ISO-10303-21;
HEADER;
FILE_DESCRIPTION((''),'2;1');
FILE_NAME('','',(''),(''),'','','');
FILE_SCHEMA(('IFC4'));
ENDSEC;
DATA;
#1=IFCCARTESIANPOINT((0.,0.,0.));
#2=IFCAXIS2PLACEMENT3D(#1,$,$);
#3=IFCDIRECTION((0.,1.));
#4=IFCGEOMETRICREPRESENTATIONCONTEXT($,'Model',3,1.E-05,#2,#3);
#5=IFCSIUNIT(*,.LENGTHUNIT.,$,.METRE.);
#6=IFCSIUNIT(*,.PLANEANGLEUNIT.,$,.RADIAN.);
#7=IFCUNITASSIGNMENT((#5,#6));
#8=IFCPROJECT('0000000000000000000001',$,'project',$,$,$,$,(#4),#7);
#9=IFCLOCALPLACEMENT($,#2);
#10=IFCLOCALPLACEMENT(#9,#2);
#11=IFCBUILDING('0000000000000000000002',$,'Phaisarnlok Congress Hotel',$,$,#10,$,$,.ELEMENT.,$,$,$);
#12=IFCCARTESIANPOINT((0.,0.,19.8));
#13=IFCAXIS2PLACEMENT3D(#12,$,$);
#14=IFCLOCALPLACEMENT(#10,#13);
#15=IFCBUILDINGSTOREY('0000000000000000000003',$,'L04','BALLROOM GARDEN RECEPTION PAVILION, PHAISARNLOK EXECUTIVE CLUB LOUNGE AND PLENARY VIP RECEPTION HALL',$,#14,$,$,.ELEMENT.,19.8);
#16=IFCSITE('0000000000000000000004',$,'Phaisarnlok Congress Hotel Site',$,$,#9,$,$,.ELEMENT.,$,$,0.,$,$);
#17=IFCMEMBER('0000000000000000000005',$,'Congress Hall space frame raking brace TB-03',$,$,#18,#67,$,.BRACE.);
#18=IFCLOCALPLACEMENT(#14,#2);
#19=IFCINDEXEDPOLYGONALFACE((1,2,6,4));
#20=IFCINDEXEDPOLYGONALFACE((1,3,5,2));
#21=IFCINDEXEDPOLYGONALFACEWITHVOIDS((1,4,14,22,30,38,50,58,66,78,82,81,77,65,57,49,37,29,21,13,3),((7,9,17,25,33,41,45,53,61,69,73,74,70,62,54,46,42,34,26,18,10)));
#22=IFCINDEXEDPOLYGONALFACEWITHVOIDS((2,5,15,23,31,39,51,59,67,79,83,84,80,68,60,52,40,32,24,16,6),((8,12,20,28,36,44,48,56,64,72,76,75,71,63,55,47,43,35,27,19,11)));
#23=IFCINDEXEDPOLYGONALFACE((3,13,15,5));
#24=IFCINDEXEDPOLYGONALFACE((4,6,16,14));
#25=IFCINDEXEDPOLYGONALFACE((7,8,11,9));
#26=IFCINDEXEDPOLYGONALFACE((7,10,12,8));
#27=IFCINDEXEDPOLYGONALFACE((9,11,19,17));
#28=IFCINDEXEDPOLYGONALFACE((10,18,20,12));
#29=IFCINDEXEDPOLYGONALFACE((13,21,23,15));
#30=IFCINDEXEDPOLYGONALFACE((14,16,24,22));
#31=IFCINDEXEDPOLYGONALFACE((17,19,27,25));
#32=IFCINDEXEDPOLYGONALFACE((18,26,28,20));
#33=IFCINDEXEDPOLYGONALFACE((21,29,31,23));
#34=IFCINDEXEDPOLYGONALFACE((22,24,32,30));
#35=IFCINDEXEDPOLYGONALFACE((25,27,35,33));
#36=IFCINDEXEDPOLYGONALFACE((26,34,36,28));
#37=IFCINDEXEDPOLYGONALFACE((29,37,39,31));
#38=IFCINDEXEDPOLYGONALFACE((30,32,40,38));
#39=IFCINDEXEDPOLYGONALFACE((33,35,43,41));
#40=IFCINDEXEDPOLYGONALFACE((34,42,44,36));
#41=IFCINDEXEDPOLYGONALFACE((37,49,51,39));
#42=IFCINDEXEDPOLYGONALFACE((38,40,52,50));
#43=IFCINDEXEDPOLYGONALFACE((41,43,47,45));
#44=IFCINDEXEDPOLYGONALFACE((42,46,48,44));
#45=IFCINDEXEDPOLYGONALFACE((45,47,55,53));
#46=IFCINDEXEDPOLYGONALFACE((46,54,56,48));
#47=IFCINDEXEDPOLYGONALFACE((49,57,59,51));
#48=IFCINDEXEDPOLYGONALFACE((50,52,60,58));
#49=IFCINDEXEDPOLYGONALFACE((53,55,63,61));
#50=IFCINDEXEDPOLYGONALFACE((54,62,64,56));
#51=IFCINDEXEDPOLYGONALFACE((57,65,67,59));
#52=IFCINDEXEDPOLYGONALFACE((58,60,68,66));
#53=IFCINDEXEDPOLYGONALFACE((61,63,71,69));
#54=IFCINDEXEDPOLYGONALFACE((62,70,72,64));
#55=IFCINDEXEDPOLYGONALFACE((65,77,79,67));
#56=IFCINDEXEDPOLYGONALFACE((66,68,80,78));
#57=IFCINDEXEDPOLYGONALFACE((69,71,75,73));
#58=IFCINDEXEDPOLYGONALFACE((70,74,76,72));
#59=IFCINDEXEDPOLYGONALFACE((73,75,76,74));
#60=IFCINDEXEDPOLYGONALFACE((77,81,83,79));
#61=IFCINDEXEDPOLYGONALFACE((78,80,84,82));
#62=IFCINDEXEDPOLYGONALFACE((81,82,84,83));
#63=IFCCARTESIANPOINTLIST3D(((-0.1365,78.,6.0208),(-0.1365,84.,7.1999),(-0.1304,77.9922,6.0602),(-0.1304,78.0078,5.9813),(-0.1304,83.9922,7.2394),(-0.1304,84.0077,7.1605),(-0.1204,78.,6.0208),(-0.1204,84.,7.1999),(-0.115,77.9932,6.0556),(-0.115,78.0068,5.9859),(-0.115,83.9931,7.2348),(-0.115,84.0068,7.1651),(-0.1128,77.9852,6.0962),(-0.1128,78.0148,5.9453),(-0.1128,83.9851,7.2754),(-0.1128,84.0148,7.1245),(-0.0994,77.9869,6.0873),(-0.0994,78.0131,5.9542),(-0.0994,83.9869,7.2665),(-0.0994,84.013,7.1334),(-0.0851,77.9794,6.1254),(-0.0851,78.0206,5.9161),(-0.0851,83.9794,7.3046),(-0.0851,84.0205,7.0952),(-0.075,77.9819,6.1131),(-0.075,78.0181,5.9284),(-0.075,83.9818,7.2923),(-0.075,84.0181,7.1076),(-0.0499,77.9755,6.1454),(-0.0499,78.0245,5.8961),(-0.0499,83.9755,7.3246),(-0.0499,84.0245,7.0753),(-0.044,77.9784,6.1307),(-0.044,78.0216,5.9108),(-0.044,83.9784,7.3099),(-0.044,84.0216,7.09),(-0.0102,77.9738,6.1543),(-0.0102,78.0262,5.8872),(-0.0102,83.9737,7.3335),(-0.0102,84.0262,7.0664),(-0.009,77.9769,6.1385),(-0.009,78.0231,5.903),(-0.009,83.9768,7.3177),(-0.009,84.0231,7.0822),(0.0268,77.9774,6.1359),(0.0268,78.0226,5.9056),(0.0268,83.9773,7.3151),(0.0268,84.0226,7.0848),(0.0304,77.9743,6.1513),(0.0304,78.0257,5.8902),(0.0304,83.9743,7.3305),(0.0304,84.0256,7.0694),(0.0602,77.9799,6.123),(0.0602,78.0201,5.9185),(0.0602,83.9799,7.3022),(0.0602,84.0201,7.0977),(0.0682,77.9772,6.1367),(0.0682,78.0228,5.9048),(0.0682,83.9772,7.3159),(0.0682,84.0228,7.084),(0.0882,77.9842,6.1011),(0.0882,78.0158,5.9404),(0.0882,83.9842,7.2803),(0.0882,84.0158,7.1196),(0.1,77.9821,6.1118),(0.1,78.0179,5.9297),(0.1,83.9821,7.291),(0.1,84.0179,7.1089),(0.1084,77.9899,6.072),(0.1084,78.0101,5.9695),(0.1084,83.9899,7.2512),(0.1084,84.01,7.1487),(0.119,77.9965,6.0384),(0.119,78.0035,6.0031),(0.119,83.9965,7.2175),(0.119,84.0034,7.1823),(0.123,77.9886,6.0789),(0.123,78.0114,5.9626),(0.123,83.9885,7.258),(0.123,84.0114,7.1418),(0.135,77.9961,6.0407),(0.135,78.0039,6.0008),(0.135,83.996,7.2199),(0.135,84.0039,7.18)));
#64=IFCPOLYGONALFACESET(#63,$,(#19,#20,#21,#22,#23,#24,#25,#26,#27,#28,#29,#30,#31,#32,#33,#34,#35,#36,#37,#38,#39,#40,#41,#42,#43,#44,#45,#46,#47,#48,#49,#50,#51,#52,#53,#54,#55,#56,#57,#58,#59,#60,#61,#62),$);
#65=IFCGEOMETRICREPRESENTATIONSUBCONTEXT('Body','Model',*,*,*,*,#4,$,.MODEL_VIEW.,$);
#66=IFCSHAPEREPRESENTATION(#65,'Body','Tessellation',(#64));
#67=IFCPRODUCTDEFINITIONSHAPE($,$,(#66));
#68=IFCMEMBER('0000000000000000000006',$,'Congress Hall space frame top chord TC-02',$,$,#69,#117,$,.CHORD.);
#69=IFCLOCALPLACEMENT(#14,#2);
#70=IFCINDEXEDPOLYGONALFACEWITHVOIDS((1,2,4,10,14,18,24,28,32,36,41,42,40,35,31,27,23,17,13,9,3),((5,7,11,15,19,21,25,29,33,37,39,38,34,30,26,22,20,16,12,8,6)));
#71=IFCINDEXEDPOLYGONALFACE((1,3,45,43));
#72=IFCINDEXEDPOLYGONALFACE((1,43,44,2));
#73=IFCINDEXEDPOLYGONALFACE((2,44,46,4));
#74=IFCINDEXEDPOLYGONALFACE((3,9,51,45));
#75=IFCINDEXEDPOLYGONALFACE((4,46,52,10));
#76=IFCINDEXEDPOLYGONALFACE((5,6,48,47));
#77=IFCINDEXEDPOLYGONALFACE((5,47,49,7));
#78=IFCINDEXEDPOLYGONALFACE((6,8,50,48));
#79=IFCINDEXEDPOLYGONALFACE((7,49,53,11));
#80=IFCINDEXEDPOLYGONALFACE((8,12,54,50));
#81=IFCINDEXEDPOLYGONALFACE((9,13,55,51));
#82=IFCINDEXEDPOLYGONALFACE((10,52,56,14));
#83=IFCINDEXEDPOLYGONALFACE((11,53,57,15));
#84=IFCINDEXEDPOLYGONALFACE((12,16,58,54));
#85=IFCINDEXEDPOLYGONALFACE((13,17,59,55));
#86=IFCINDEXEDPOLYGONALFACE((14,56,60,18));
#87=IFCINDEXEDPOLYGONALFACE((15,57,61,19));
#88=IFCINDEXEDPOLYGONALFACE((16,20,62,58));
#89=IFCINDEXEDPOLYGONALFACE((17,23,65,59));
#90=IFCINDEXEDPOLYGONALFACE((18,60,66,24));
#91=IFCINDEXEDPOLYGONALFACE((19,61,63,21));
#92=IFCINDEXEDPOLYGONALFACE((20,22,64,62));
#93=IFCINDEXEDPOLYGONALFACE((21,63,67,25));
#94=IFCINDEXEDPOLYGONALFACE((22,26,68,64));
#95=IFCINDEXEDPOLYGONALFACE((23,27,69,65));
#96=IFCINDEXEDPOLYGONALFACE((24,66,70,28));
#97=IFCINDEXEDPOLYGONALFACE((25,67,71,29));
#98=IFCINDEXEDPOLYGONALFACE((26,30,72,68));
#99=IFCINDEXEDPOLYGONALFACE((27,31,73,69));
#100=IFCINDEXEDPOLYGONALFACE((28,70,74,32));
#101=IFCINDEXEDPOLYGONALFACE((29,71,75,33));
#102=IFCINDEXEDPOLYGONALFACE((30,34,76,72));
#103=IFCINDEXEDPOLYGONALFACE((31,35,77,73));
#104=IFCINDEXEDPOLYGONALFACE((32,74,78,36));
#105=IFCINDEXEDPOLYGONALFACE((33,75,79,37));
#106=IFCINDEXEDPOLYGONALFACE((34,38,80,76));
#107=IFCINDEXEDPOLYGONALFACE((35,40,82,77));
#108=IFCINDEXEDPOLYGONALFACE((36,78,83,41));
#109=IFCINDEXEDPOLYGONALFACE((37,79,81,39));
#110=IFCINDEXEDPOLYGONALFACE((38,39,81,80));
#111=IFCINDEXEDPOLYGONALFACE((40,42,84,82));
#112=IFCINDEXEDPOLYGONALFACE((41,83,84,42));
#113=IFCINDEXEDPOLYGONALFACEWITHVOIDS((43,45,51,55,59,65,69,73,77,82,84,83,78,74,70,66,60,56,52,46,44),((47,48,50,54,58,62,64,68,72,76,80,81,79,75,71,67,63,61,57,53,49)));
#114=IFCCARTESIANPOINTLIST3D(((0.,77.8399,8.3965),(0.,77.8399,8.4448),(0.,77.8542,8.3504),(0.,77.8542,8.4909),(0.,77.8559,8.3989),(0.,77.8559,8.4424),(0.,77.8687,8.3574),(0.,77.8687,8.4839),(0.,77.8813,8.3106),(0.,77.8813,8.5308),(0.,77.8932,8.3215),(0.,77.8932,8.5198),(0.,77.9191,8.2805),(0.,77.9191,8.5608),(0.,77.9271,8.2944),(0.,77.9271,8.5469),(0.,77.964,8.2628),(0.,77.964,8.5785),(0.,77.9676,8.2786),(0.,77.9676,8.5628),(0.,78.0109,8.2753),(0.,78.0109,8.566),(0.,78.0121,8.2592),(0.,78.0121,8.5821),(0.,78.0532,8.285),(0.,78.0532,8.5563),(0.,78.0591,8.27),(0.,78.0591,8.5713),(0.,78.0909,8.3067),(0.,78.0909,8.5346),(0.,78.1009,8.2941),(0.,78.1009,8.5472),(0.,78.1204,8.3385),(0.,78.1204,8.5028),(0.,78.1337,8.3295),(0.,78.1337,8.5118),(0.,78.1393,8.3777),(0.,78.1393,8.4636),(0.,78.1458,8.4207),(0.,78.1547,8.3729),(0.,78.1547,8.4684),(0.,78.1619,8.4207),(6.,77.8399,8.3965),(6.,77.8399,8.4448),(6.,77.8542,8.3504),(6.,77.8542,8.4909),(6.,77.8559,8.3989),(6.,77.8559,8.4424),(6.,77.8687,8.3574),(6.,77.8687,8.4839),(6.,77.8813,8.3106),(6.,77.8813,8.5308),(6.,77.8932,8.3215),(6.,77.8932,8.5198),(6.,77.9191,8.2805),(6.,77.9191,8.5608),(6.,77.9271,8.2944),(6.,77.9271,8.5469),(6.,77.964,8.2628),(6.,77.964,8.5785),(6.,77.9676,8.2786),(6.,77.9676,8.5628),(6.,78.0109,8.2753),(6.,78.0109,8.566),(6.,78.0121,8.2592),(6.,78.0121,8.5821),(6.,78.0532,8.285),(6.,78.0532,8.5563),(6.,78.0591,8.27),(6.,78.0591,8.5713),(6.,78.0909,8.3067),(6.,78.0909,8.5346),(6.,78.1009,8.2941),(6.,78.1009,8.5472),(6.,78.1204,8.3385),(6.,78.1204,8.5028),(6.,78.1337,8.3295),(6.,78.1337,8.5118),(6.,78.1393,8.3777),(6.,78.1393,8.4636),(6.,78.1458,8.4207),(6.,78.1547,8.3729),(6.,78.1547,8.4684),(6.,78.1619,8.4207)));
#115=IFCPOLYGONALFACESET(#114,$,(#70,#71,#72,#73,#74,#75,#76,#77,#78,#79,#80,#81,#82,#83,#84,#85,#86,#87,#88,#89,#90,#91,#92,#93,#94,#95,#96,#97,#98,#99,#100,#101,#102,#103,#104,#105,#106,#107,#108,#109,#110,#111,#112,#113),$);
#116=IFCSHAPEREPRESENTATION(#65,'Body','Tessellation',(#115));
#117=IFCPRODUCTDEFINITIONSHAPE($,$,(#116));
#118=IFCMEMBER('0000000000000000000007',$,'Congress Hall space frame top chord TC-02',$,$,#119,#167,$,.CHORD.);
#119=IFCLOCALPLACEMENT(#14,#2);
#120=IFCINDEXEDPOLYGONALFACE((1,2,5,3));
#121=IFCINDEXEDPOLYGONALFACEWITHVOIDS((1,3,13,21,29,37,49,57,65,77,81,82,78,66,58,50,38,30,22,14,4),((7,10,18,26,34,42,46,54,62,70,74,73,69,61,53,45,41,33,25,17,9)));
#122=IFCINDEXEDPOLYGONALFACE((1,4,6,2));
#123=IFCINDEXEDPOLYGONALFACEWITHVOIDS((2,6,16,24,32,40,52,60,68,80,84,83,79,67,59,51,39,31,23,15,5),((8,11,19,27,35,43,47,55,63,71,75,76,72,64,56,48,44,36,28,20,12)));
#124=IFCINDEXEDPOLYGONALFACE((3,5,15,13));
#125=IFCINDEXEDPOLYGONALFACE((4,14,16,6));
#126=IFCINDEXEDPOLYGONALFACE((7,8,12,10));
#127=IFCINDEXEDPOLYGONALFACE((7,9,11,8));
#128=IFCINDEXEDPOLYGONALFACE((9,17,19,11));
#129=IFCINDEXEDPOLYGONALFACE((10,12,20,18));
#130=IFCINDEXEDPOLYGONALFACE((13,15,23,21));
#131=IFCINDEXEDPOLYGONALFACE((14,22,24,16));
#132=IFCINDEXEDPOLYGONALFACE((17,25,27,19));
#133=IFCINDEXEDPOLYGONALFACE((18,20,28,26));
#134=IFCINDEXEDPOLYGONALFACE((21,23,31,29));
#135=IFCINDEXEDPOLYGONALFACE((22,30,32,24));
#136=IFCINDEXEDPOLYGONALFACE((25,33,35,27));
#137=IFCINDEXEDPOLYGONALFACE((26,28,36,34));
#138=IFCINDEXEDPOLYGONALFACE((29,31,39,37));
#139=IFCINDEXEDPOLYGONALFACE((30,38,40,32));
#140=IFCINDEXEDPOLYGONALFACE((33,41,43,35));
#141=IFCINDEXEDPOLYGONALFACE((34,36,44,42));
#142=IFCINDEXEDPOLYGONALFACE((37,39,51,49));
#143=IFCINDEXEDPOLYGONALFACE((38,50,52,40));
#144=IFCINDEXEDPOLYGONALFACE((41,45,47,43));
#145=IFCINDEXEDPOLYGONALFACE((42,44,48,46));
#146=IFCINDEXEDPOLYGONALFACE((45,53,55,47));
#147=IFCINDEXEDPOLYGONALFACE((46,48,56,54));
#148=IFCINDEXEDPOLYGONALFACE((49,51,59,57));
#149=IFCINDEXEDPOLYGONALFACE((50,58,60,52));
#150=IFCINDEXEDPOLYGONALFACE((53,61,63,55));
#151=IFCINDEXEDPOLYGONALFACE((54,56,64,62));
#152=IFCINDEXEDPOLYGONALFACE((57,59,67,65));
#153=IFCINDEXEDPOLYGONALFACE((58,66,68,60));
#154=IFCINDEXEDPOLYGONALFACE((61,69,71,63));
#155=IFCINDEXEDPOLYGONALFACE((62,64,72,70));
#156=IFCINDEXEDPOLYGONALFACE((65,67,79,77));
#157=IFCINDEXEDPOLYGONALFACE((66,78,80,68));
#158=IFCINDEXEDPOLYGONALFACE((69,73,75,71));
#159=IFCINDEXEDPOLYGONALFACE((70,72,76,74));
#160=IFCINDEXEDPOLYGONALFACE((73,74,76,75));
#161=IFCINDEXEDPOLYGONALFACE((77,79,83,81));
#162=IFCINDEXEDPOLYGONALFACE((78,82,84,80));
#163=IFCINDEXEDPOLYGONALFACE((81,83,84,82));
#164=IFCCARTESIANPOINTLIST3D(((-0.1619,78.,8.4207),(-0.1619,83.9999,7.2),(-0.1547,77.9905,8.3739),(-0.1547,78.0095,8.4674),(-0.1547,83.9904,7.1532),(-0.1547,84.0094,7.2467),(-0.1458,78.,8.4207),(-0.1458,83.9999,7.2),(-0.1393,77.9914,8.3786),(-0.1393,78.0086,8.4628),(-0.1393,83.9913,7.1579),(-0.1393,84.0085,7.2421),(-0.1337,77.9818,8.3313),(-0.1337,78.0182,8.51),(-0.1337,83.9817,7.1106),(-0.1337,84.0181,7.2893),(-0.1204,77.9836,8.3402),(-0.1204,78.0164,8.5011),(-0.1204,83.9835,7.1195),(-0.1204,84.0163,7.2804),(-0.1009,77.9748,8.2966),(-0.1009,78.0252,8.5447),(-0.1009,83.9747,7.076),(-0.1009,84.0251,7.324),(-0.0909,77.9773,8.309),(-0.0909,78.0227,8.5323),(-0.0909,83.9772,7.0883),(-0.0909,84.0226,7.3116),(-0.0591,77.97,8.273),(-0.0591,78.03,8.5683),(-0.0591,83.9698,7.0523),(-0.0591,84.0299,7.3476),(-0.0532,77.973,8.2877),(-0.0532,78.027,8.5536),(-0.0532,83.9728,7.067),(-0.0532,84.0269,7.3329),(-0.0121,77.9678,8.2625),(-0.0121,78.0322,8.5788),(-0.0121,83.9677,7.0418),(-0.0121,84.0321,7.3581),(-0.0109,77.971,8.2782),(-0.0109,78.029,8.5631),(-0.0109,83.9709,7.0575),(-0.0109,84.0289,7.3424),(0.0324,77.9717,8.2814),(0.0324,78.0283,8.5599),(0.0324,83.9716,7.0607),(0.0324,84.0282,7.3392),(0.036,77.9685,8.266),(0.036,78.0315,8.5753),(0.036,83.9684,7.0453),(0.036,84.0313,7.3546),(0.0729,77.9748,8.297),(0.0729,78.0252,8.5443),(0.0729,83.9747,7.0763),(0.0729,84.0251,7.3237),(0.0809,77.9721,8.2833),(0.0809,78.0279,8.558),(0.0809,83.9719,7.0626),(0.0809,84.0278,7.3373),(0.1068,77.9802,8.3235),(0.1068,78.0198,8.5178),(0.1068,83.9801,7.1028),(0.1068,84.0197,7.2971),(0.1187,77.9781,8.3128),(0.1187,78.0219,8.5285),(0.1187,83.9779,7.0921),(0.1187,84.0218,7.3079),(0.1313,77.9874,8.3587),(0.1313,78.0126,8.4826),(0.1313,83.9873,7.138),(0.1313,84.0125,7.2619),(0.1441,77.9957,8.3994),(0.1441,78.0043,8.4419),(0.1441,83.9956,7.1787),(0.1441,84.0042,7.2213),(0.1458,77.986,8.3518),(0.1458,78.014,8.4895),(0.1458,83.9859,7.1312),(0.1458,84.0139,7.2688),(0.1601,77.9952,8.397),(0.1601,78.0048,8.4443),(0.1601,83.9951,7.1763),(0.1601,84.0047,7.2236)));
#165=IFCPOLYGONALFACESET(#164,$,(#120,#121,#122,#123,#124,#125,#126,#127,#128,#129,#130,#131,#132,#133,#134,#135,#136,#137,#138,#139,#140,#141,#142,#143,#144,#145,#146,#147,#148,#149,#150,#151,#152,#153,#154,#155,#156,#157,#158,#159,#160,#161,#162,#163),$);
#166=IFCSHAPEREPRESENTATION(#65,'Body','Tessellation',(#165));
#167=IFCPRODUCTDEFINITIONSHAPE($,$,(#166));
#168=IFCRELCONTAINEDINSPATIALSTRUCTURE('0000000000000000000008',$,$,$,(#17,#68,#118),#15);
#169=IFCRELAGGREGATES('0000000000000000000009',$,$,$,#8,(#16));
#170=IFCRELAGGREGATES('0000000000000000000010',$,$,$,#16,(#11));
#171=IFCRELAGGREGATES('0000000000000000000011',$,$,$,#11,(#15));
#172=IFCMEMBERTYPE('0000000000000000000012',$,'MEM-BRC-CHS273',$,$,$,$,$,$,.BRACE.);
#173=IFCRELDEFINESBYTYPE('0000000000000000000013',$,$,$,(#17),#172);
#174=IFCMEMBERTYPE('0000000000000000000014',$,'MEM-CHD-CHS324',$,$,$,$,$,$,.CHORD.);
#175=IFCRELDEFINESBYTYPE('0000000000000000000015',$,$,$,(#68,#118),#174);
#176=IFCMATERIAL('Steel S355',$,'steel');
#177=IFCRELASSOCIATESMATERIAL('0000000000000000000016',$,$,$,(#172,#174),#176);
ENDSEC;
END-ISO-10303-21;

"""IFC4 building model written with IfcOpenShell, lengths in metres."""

from ifc_helpers import new_model, si_unit, direction, frame, origin, origin_2d, place, context, subcontext, project, spatial, hollow_circle, extrude, material, material_profile, profile_set, type_object, element, save


model = new_model("IFC4")

# Units and contexts
model_context = context("Model", 3, precision=1e-05, world=origin(), true_north=direction((0.0, 1.0)))
body_context = subcontext(model_context, "Body", "Model", "MODEL_VIEW")
ifc_project = project(units=[si_unit("LENGTHUNIT", "METRE"), si_unit("PLANEANGLEUNIT", "RADIAN")], contexts=[model_context])

# Site, building, storey
site_placement = place(None, origin())
site = spatial("IfcSite", under=ifc_project, at=site_placement, Name="Phaisarnlok Congress Hotel Site", CompositionType="ELEMENT", RefElevation=0.0)
building_placement = place(site_placement, origin())
building = spatial("IfcBuilding", under=site, at=building_placement, Name="Phaisarnlok Congress Hotel", CompositionType="ELEMENT")
storey_placement = place(building_placement, frame((0.0, 0.0, 19.8)))
storey = spatial("IfcBuildingStorey", under=building, at=storey_placement, Name="L04", Description="BALLROOM GARDEN RECEPTION PAVILION, PHAISARNLOK EXECUTIVE CLUB LOUNGE AND PLENARY VIP RECEPTION HALL", CompositionType="ELEMENT", Elevation=19.8)

# Shared definitions
ifc_material_1 = material(Name="Steel S355", Category="steel")

# Members
ifc_material_profile_1 = material_profile(ifc_material_1, hollow_circle(Radius=0.1365, WallThickness=0.0161, at=origin_2d()), Name="CHS 273x16")
ifc_profile_set_1 = profile_set([ifc_material_profile_1], Name="Steel S355")
member_type_1 = type_object("IfcMemberType", Name="MEM-BRC-CHS273", PredefinedType="BRACE", material=ifc_profile_set_1)
member_1_placement = place(storey_placement, frame((0.0, 78.0, 6.0208), z_axis=(0.0, 0.981229, 0.192844), x_axis=(-1.0, 0.0, 0.0)))
element("IfcMember", 1, at=member_1_placement, inside=storey, type_object=member_type_1, Name="Congress Hall space frame raking brace TB-03", PredefinedType="BRACE", context=body_context, shape_type="SweptSolid", body=[
    extrude(hollow_circle(Radius=0.1365, WallThickness=0.0161, at=origin_2d()), origin(), (0.0, 0.0, 1.0), 6.1147),
])
ifc_material_profile_2 = material_profile(ifc_material_1, hollow_circle(Radius=0.1619, WallThickness=0.0161, at=origin_2d()), Name="CHS 323.9x16")
ifc_profile_set_2 = profile_set([ifc_material_profile_2], Name="Steel S355")
member_type_2 = type_object("IfcMemberType", Name="MEM-CHD-CHS324", PredefinedType="CHORD", material=ifc_profile_set_2)
member_2_placement = place(storey_placement, frame((0.0, 78.0, 8.4207), z_axis=(1.0, 0.0, 0.0), x_axis=(0.0, 1.0, 0.0)))
element("IfcMember", 2, at=member_2_placement, inside=storey, type_object=member_type_2, Name="Congress Hall space frame top chord TC-02", PredefinedType="CHORD", context=body_context, shape_type="SweptSolid", body=[
    extrude(hollow_circle(Radius=0.1619, WallThickness=0.0161, at=origin_2d()), origin(), (0.0, 0.0, 1.0), 6.0),
])
member_3_placement = place(storey_placement, frame((0.0, 78.0, 8.4207), z_axis=(0.0, 0.979925, -0.199366), x_axis=(-1.0, 0.0, 0.0)))
element("IfcMember", 3, at=member_3_placement, inside=storey, type_object=member_type_2, Name="Congress Hall space frame top chord TC-02", PredefinedType="CHORD", context=body_context, shape_type="SweptSolid", body=[
    extrude(hollow_circle(Radius=0.1619, WallThickness=0.0161, at=origin_2d()), origin(), (0.0, 0.0, 1.0), 6.1228),
])

save(model, "model.ifc")
